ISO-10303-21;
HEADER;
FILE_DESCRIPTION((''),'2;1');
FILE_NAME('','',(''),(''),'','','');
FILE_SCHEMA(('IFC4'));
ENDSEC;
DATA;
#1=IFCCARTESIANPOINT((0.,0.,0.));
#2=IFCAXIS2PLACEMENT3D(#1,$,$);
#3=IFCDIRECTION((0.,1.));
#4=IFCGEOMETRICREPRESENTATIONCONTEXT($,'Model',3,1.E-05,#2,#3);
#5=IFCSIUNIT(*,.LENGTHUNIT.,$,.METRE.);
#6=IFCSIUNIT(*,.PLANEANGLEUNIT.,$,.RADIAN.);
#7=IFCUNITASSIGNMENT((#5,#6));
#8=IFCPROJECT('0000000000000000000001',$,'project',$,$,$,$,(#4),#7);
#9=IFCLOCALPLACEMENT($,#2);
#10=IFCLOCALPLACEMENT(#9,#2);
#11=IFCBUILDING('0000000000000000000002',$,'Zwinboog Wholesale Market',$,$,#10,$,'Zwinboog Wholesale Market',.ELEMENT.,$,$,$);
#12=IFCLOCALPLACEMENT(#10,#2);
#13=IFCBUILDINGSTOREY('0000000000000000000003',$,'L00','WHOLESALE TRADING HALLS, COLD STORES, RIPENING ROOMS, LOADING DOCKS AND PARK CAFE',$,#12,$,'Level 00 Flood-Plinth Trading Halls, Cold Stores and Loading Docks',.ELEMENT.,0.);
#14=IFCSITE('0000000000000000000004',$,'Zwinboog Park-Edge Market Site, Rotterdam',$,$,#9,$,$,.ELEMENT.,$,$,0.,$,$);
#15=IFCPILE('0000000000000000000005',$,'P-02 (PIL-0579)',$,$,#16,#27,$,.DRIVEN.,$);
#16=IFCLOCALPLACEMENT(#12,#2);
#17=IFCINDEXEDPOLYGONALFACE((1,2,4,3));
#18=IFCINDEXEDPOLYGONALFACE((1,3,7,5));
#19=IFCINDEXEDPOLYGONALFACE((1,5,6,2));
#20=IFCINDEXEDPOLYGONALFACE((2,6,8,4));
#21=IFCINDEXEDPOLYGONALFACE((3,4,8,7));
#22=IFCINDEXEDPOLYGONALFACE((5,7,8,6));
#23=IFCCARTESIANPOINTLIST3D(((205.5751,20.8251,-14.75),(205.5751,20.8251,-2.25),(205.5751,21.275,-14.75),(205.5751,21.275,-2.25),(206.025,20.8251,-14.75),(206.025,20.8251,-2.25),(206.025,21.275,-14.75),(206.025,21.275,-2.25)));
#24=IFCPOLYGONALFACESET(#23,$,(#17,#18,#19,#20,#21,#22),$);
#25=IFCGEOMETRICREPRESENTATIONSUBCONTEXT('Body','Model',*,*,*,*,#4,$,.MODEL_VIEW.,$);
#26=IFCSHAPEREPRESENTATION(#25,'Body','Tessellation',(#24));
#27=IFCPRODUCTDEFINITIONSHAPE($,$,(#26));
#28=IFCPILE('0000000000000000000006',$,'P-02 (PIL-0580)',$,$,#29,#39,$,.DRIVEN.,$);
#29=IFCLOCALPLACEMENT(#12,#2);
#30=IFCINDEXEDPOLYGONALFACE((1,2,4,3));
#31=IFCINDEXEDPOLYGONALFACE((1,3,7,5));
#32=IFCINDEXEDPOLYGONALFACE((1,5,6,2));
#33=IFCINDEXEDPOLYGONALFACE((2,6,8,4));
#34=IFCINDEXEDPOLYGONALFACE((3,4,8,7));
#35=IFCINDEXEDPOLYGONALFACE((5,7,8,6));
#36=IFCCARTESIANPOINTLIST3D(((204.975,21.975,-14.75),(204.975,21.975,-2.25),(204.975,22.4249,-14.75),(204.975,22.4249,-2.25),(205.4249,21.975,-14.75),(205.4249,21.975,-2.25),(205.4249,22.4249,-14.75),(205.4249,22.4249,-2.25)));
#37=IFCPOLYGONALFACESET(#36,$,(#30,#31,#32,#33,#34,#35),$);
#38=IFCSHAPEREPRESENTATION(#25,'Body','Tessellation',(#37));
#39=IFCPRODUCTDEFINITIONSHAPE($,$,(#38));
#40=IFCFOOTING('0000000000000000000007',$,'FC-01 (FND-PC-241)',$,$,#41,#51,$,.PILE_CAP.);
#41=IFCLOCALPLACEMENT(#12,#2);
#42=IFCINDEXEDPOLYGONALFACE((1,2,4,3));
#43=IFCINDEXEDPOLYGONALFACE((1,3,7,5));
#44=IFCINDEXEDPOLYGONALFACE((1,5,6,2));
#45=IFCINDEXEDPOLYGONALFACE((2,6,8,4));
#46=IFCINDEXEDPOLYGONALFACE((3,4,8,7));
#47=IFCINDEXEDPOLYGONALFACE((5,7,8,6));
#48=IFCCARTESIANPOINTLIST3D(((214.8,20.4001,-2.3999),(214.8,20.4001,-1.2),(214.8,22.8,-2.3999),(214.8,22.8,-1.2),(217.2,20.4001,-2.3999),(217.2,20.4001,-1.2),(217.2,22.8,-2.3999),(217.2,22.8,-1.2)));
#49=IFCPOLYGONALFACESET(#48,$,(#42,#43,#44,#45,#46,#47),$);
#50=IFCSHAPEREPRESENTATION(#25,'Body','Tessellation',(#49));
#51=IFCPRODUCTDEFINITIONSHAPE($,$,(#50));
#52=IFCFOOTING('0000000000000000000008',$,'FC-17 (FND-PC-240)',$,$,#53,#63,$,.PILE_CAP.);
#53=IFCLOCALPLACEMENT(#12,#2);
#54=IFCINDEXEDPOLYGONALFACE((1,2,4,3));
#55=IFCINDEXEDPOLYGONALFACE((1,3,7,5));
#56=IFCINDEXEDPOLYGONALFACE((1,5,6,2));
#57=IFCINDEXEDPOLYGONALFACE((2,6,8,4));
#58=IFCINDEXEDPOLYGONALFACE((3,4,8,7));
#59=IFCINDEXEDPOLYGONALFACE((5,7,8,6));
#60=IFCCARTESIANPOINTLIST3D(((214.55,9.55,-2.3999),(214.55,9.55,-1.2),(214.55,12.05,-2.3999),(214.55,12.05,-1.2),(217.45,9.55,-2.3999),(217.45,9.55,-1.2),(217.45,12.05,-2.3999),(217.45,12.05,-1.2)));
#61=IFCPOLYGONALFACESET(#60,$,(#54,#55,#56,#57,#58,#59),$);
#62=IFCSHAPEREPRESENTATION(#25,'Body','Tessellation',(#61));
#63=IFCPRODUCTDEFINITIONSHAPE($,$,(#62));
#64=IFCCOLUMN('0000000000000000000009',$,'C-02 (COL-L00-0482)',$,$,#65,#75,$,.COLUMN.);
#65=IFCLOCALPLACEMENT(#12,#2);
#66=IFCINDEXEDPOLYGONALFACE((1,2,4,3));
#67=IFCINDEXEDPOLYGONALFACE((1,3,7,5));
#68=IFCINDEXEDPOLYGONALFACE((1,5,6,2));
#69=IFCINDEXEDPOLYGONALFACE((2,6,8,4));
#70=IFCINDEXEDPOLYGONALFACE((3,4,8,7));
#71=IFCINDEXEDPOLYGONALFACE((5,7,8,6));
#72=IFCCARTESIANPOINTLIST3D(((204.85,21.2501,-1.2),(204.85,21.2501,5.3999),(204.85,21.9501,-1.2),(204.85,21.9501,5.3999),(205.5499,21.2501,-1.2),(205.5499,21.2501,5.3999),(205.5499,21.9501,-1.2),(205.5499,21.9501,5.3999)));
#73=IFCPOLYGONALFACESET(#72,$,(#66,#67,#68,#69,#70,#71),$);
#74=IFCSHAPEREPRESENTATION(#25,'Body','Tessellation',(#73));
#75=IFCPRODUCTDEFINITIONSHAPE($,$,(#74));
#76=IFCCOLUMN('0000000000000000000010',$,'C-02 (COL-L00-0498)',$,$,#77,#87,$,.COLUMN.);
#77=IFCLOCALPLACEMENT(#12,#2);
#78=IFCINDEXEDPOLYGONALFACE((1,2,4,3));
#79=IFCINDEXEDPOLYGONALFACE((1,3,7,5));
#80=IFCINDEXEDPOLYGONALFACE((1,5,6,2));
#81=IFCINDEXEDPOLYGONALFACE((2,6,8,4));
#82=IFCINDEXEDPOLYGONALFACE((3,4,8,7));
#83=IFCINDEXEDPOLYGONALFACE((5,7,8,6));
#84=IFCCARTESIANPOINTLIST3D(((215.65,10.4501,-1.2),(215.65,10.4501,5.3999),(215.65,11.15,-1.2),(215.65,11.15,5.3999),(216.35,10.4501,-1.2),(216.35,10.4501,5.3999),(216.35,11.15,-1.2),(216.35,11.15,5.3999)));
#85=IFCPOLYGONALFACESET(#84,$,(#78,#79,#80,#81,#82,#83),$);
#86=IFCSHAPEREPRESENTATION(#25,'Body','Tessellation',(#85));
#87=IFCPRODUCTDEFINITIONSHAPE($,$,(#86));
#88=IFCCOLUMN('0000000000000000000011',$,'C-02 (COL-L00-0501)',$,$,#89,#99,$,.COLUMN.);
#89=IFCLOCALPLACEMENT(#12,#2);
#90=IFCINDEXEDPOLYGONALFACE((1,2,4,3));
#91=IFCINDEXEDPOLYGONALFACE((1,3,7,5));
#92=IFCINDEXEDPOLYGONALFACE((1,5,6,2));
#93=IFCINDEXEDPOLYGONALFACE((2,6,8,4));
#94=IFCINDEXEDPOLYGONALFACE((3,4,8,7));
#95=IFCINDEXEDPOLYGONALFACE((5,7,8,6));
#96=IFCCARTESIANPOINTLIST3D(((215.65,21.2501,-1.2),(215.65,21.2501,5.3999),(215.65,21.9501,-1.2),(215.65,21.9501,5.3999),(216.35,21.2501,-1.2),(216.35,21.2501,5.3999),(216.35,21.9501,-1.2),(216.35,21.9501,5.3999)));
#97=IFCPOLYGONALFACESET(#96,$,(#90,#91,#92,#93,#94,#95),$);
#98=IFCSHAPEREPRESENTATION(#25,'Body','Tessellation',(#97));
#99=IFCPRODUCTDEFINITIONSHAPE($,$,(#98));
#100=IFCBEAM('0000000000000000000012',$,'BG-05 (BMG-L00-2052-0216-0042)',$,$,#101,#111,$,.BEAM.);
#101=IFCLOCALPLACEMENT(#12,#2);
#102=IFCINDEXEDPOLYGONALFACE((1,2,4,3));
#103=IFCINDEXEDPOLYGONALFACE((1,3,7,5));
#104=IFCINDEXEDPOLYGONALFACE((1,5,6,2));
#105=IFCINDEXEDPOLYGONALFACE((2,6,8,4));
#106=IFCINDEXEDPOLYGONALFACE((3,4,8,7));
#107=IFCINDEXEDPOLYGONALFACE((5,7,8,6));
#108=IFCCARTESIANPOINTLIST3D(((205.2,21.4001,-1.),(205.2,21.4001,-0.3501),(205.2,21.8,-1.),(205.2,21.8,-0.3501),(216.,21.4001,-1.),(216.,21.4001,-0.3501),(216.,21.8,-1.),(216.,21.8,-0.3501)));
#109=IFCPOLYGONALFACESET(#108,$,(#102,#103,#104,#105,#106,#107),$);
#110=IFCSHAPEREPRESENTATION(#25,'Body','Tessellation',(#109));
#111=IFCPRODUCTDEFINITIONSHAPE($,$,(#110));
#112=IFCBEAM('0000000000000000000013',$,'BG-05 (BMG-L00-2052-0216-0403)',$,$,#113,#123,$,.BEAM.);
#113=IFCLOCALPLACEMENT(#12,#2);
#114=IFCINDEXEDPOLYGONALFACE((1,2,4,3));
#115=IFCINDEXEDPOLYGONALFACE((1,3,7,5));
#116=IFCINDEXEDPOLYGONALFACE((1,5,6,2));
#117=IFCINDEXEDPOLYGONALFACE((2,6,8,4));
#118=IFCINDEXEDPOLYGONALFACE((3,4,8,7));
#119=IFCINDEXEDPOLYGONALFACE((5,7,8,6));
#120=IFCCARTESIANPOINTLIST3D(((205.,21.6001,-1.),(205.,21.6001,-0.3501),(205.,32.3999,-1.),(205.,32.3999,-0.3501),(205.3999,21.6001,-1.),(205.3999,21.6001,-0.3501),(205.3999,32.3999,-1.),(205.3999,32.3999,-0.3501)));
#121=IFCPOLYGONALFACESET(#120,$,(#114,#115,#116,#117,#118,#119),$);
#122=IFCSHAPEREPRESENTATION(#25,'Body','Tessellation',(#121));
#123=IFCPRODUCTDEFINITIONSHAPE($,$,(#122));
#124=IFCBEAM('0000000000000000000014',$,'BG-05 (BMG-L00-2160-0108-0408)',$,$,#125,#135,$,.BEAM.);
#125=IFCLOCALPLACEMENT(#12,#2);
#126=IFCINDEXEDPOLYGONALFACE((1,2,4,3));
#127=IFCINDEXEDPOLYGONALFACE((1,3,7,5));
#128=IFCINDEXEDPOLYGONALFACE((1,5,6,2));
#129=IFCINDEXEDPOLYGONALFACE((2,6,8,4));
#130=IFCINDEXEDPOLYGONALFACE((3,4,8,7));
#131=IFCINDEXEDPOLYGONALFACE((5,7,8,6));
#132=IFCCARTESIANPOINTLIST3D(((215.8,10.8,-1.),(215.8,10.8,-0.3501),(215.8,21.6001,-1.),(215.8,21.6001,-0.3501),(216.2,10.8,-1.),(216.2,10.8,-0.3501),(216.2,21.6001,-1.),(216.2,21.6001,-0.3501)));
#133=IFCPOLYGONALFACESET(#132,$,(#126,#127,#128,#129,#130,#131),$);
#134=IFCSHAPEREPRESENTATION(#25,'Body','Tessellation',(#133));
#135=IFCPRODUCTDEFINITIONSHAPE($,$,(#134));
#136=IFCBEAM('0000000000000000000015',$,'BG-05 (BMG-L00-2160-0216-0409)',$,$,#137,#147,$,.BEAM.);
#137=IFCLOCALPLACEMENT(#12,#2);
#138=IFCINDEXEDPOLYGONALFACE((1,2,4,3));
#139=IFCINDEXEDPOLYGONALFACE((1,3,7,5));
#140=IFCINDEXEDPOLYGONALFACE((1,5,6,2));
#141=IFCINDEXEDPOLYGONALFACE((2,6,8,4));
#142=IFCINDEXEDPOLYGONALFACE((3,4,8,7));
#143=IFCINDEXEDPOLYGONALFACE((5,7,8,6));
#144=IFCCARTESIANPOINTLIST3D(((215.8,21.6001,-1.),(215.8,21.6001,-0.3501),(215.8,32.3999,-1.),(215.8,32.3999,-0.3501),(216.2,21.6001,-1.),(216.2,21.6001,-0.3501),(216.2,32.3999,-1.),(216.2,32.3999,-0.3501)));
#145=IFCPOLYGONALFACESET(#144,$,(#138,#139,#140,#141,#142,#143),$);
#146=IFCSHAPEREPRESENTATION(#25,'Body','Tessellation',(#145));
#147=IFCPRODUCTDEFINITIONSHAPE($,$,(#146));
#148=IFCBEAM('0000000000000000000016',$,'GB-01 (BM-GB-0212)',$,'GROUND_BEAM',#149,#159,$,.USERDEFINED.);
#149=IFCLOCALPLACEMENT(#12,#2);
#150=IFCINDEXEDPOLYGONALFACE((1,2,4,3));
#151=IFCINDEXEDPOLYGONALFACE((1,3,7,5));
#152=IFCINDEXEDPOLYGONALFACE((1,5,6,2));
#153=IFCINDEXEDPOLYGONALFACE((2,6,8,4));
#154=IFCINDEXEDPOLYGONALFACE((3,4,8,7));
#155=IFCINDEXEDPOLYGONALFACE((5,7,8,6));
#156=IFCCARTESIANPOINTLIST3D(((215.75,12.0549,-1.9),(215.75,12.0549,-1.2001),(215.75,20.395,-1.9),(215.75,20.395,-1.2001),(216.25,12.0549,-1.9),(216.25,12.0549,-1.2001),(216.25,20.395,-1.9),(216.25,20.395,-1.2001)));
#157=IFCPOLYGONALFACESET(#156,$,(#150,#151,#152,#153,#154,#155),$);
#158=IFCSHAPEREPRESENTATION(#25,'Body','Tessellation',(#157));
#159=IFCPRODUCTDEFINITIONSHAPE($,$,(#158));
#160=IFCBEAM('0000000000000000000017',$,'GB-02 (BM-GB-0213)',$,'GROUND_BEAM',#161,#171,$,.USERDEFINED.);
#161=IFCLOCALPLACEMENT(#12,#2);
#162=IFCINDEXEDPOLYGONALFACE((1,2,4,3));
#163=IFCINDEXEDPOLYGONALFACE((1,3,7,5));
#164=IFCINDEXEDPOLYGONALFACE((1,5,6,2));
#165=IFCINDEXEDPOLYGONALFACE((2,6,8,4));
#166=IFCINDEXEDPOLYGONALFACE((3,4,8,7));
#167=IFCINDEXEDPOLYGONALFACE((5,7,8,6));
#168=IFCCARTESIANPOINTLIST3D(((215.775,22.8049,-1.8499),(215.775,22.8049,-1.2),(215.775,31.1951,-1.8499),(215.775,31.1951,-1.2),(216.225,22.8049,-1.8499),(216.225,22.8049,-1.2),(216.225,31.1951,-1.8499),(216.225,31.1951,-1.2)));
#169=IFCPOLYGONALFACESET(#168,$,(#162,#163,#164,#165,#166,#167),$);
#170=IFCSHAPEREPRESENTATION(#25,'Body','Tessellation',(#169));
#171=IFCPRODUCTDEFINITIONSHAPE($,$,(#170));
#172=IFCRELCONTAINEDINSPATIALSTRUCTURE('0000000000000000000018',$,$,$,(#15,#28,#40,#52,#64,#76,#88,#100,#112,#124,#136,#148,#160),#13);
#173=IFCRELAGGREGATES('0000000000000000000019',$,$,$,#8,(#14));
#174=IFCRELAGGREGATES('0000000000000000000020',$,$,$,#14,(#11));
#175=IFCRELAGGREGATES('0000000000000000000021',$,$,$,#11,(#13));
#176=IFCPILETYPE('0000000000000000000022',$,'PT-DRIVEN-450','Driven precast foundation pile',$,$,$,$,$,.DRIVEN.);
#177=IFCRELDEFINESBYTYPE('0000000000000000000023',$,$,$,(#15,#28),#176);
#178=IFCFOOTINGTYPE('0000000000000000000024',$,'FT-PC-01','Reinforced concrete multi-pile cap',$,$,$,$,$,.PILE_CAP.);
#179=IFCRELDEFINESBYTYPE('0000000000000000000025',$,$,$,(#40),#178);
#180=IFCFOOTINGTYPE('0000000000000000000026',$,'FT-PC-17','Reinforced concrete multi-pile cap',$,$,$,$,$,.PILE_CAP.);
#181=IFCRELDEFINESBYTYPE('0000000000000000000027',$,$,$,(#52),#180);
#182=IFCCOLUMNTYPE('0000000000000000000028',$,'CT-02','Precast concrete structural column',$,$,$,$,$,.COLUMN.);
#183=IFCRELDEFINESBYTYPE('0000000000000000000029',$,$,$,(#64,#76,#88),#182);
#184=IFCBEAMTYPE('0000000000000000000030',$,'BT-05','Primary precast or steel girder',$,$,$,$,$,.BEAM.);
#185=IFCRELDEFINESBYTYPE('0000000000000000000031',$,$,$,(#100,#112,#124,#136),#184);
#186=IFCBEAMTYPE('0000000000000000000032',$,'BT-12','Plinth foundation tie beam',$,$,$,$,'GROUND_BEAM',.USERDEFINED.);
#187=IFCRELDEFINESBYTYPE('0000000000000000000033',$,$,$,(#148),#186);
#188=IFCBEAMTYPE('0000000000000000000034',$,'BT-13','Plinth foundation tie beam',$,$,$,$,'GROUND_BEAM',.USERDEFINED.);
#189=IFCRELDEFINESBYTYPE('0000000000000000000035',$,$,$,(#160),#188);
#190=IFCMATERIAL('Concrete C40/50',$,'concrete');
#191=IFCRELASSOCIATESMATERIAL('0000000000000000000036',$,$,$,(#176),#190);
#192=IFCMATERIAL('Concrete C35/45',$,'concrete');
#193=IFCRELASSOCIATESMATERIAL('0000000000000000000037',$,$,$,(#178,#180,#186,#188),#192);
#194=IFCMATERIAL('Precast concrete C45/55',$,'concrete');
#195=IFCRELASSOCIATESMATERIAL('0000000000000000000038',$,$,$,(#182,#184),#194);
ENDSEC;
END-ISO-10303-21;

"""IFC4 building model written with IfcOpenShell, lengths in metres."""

from ifc_helpers import new_model, si_unit, direction, frame, origin, origin_2d, place, context, subcontext, project, spatial, rectangle, extrude, material, material_profile, profile_set, type_object, element, save


model = new_model("IFC4")

# Units and contexts
model_context = context("Model", 3, precision=1e-05, world=origin(), true_north=direction((0.0, 1.0)))
body_context = subcontext(model_context, "Body", "Model", "MODEL_VIEW")
ifc_project = project(units=[si_unit("LENGTHUNIT", "METRE"), si_unit("PLANEANGLEUNIT", "RADIAN")], contexts=[model_context])

# Site, building, storey
site_placement = place(None, origin())
site = spatial("IfcSite", under=ifc_project, at=site_placement, Name="Zwinboog Park-Edge Market Site, Rotterdam", CompositionType="ELEMENT", RefElevation=0.0)
building_placement = place(site_placement, origin())
building = spatial("IfcBuilding", under=site, at=building_placement, Name="Zwinboog Wholesale Market", LongName="Zwinboog Wholesale Market", CompositionType="ELEMENT")
storey_placement = place(building_placement, origin())
storey = spatial("IfcBuildingStorey", under=building, at=storey_placement, Name="L00", Description="WHOLESALE TRADING HALLS, COLD STORES, RIPENING ROOMS, LOADING DOCKS AND PARK CAFE", LongName="Level 00 Flood-Plinth Trading Halls, Cold Stores and Loading Docks", CompositionType="ELEMENT", Elevation=0.0)

# Piles
ifc_material_1 = material(Name="Concrete C40/50", Category="concrete")
ifc_material_profile_1 = material_profile(ifc_material_1, rectangle(XDim=0.45, YDim=0.45, at=origin_2d()), Name="PILE SQ450")
ifc_profile_set_1 = profile_set([ifc_material_profile_1], Name="Concrete C40/50")
pile_type_1 = type_object("IfcPileType", Name="PT-DRIVEN-450", Description="Driven precast foundation pile", PredefinedType="DRIVEN", material=ifc_profile_set_1)
for number, where, z_axis, x_axis, name in (
    (1, (205.8, 21.05, -2.25), (0.0, 0.0, -1.0), (1.0, 0.0, 0.0), "P-02 (PIL-0579)"),
    (2, (205.2, 22.2, -2.25), (0.0, 0.0, -1.0), (1.0, 0.0, 0.0), "P-02 (PIL-0580)"),
):
    element("IfcPile", number, at=place(storey_placement, frame(where, z_axis=z_axis, x_axis=x_axis)), inside=storey, type_object=pile_type_1, Name=name, PredefinedType="DRIVEN", context=body_context, shape_type="SweptSolid", body=[
        extrude(rectangle(XDim=0.45, YDim=0.45, at=origin_2d()), origin(), (0.0, 0.0, 1.0), 12.5),
    ])

# Footings
ifc_material_2 = material(Name="Concrete C35/45", Category="concrete")
footing_type_1 = type_object("IfcFootingType", Name="FT-PC-01", Description="Reinforced concrete multi-pile cap", PredefinedType="PILE_CAP", material=ifc_material_2)
footing_1_placement = place(storey_placement, frame((216.0, 21.6001, -2.3999), z_axis=(0.0, 0.0, 1.0), x_axis=(1.0, 0.0, 0.0)))
element("IfcFooting", 3, at=footing_1_placement, inside=storey, type_object=footing_type_1, Name="FC-01 (FND-PC-241)", PredefinedType="PILE_CAP", context=body_context, shape_type="SweptSolid", body=[
    extrude(rectangle(XDim=2.3999, YDim=2.3999, at=origin_2d()), origin(), (0.0, 0.0, 1.0), 1.2),
])
footing_type_2 = type_object("IfcFootingType", Name="FT-PC-17", Description="Reinforced concrete multi-pile cap", PredefinedType="PILE_CAP", material=ifc_material_2)
footing_2_placement = place(storey_placement, frame((216.0, 10.8, -2.3999), z_axis=(0.0, 0.0, 1.0), x_axis=(1.0, 0.0, 0.0)))
element("IfcFooting", 4, at=footing_2_placement, inside=storey, type_object=footing_type_2, Name="FC-17 (FND-PC-240)", PredefinedType="PILE_CAP", context=body_context, shape_type="SweptSolid", body=[
    extrude(rectangle(XDim=2.8999, YDim=2.5, at=origin_2d()), origin(), (0.0, 0.0, 1.0), 1.2),
])

# Columns
ifc_material_3 = material(Name="Precast concrete C45/55", Category="concrete")
ifc_material_profile_2 = material_profile(ifc_material_3, rectangle(XDim=0.7, YDim=0.7, at=origin_2d()), Name="PC 700x700")
ifc_profile_set_2 = profile_set([ifc_material_profile_2], Name="Precast concrete C45/55")
column_type = type_object("IfcColumnType", Name="CT-02", Description="Precast concrete structural column", PredefinedType="COLUMN", material=ifc_profile_set_2)
for number, where, z_axis, x_axis, name in (
    (5, (205.2, 21.6001, -1.2), (0.0, 0.0, 1.0), (1.0, 0.0, 0.0), "C-02 (COL-L00-0482)"),
    (6, (216.0, 10.8, -1.2), (0.0, 0.0, 1.0), (1.0, 0.0, 0.0), "C-02 (COL-L00-0498)"),
    (7, (216.0, 21.6001, -1.2), (0.0, 0.0, 1.0), (1.0, 0.0, 0.0), "C-02 (COL-L00-0501)"),
):
    element("IfcColumn", number, at=place(storey_placement, frame(where, z_axis=z_axis, x_axis=x_axis)), inside=storey, type_object=column_type, Name=name, PredefinedType="COLUMN", context=body_context, shape_type="SweptSolid", body=[
        extrude(rectangle(XDim=0.7, YDim=0.7, at=origin_2d()), origin(), (0.0, 0.0, 1.0), 6.5999),
    ])

# Beams
ifc_material_profile_3 = material_profile(ifc_material_3, rectangle(XDim=0.3999, YDim=0.6499, at=origin_2d()), Name="PC 400x650")
ifc_profile_set_3 = profile_set([ifc_material_profile_3], Name="Precast concrete C45/55")
beam_type_1 = type_object("IfcBeamType", Name="BT-05", Description="Primary precast or steel girder", PredefinedType="BEAM", material=ifc_profile_set_3)
beam_1_placement = place(storey_placement, frame((205.2, 21.6001, -0.675), z_axis=(1.0, 0.0, 0.0), x_axis=(0.0, 1.0, 0.0)))
element("IfcBeam", 8, at=beam_1_placement, inside=storey, type_object=beam_type_1, Name="BG-05 (BMG-L00-2052-0216-0042)", PredefinedType="BEAM", context=body_context, shape_type="SweptSolid", body=[
    extrude(rectangle(XDim=0.3999, YDim=0.6499, at=origin_2d()), origin(), (0.0, 0.0, 1.0), 10.8),
])
beam_2_placement = place(storey_placement, frame((205.2, 21.6001, -0.675), z_axis=(0.0, 1.0, 0.0), x_axis=(-1.0, 0.0, 0.0)))
element("IfcBeam", 9, at=beam_2_placement, inside=storey, type_object=beam_type_1, Name="BG-05 (BMG-L00-2052-0216-0403)", PredefinedType="BEAM", context=body_context, shape_type="SweptSolid", body=[
    extrude(rectangle(XDim=0.3999, YDim=0.6499, at=origin_2d()), origin(), (0.0, 0.0, 1.0), 10.7998),
])
beam_3_placement = place(storey_placement, frame((216.0, 10.8, -0.675), z_axis=(0.0, 1.0, 0.0), x_axis=(-1.0, 0.0, 0.0)))
element("IfcBeam", 10, at=beam_3_placement, inside=storey, type_object=beam_type_1, Name="BG-05 (BMG-L00-2160-0108-0408)", PredefinedType="BEAM", context=body_context, shape_type="SweptSolid", body=[
    extrude(rectangle(XDim=0.3999, YDim=0.6499, at=origin_2d()), origin(), (0.0, 0.0, 1.0), 10.8),
])
beam_4_placement = place(storey_placement, frame((216.0, 21.6001, -0.675), z_axis=(0.0, 1.0, 0.0), x_axis=(-1.0, 0.0, 0.0)))
element("IfcBeam", 11, at=beam_4_placement, inside=storey, type_object=beam_type_1, Name="BG-05 (BMG-L00-2160-0216-0409)", PredefinedType="BEAM", context=body_context, shape_type="SweptSolid", body=[
    extrude(rectangle(XDim=0.3999, YDim=0.6499, at=origin_2d()), origin(), (0.0, 0.0, 1.0), 10.7998),
])
ifc_material_profile_4 = material_profile(ifc_material_2, rectangle(XDim=0.5, YDim=0.7, at=origin_2d()), Name="RC 500x700")
ifc_profile_set_4 = profile_set([ifc_material_profile_4], Name="Concrete C35/45")
beam_type_2 = type_object("IfcBeamType", Name="BT-12", Description="Plinth foundation tie beam", ElementType="GROUND_BEAM", PredefinedType="USERDEFINED", material=ifc_profile_set_4)
beam_5_placement = place(storey_placement, frame((216.0, 12.0549, -1.55), z_axis=(0.0, 1.0, 0.0), x_axis=(-1.0, 0.0, 0.0)))
element("IfcBeam", 12, at=beam_5_placement, inside=storey, type_object=beam_type_2, Name="GB-01 (BM-GB-0212)", ObjectType="GROUND_BEAM", PredefinedType="USERDEFINED", context=body_context, shape_type="SweptSolid", body=[
    extrude(rectangle(XDim=0.5, YDim=0.7, at=origin_2d()), origin(), (0.0, 0.0, 1.0), 8.3401),
])
ifc_material_profile_5 = material_profile(ifc_material_2, rectangle(XDim=0.45, YDim=0.6499, at=origin_2d()), Name="RC 450x650")
ifc_profile_set_5 = profile_set([ifc_material_profile_5], Name="Concrete C35/45")
beam_type_3 = type_object("IfcBeamType", Name="BT-13", Description="Plinth foundation tie beam", ElementType="GROUND_BEAM", PredefinedType="USERDEFINED", material=ifc_profile_set_5)
beam_6_placement = place(storey_placement, frame((216.0, 22.8049, -1.5249), z_axis=(0.0, 1.0, 0.0), x_axis=(-1.0, 0.0, 0.0)))
element("IfcBeam", 13, at=beam_6_placement, inside=storey, type_object=beam_type_3, Name="GB-02 (BM-GB-0213)", ObjectType="GROUND_BEAM", PredefinedType="USERDEFINED", context=body_context, shape_type="SweptSolid", body=[
    extrude(rectangle(XDim=0.45, YDim=0.6499, at=origin_2d()), origin(), (0.0, 0.0, 1.0), 8.3901),
])

save(model, "model.ifc")
